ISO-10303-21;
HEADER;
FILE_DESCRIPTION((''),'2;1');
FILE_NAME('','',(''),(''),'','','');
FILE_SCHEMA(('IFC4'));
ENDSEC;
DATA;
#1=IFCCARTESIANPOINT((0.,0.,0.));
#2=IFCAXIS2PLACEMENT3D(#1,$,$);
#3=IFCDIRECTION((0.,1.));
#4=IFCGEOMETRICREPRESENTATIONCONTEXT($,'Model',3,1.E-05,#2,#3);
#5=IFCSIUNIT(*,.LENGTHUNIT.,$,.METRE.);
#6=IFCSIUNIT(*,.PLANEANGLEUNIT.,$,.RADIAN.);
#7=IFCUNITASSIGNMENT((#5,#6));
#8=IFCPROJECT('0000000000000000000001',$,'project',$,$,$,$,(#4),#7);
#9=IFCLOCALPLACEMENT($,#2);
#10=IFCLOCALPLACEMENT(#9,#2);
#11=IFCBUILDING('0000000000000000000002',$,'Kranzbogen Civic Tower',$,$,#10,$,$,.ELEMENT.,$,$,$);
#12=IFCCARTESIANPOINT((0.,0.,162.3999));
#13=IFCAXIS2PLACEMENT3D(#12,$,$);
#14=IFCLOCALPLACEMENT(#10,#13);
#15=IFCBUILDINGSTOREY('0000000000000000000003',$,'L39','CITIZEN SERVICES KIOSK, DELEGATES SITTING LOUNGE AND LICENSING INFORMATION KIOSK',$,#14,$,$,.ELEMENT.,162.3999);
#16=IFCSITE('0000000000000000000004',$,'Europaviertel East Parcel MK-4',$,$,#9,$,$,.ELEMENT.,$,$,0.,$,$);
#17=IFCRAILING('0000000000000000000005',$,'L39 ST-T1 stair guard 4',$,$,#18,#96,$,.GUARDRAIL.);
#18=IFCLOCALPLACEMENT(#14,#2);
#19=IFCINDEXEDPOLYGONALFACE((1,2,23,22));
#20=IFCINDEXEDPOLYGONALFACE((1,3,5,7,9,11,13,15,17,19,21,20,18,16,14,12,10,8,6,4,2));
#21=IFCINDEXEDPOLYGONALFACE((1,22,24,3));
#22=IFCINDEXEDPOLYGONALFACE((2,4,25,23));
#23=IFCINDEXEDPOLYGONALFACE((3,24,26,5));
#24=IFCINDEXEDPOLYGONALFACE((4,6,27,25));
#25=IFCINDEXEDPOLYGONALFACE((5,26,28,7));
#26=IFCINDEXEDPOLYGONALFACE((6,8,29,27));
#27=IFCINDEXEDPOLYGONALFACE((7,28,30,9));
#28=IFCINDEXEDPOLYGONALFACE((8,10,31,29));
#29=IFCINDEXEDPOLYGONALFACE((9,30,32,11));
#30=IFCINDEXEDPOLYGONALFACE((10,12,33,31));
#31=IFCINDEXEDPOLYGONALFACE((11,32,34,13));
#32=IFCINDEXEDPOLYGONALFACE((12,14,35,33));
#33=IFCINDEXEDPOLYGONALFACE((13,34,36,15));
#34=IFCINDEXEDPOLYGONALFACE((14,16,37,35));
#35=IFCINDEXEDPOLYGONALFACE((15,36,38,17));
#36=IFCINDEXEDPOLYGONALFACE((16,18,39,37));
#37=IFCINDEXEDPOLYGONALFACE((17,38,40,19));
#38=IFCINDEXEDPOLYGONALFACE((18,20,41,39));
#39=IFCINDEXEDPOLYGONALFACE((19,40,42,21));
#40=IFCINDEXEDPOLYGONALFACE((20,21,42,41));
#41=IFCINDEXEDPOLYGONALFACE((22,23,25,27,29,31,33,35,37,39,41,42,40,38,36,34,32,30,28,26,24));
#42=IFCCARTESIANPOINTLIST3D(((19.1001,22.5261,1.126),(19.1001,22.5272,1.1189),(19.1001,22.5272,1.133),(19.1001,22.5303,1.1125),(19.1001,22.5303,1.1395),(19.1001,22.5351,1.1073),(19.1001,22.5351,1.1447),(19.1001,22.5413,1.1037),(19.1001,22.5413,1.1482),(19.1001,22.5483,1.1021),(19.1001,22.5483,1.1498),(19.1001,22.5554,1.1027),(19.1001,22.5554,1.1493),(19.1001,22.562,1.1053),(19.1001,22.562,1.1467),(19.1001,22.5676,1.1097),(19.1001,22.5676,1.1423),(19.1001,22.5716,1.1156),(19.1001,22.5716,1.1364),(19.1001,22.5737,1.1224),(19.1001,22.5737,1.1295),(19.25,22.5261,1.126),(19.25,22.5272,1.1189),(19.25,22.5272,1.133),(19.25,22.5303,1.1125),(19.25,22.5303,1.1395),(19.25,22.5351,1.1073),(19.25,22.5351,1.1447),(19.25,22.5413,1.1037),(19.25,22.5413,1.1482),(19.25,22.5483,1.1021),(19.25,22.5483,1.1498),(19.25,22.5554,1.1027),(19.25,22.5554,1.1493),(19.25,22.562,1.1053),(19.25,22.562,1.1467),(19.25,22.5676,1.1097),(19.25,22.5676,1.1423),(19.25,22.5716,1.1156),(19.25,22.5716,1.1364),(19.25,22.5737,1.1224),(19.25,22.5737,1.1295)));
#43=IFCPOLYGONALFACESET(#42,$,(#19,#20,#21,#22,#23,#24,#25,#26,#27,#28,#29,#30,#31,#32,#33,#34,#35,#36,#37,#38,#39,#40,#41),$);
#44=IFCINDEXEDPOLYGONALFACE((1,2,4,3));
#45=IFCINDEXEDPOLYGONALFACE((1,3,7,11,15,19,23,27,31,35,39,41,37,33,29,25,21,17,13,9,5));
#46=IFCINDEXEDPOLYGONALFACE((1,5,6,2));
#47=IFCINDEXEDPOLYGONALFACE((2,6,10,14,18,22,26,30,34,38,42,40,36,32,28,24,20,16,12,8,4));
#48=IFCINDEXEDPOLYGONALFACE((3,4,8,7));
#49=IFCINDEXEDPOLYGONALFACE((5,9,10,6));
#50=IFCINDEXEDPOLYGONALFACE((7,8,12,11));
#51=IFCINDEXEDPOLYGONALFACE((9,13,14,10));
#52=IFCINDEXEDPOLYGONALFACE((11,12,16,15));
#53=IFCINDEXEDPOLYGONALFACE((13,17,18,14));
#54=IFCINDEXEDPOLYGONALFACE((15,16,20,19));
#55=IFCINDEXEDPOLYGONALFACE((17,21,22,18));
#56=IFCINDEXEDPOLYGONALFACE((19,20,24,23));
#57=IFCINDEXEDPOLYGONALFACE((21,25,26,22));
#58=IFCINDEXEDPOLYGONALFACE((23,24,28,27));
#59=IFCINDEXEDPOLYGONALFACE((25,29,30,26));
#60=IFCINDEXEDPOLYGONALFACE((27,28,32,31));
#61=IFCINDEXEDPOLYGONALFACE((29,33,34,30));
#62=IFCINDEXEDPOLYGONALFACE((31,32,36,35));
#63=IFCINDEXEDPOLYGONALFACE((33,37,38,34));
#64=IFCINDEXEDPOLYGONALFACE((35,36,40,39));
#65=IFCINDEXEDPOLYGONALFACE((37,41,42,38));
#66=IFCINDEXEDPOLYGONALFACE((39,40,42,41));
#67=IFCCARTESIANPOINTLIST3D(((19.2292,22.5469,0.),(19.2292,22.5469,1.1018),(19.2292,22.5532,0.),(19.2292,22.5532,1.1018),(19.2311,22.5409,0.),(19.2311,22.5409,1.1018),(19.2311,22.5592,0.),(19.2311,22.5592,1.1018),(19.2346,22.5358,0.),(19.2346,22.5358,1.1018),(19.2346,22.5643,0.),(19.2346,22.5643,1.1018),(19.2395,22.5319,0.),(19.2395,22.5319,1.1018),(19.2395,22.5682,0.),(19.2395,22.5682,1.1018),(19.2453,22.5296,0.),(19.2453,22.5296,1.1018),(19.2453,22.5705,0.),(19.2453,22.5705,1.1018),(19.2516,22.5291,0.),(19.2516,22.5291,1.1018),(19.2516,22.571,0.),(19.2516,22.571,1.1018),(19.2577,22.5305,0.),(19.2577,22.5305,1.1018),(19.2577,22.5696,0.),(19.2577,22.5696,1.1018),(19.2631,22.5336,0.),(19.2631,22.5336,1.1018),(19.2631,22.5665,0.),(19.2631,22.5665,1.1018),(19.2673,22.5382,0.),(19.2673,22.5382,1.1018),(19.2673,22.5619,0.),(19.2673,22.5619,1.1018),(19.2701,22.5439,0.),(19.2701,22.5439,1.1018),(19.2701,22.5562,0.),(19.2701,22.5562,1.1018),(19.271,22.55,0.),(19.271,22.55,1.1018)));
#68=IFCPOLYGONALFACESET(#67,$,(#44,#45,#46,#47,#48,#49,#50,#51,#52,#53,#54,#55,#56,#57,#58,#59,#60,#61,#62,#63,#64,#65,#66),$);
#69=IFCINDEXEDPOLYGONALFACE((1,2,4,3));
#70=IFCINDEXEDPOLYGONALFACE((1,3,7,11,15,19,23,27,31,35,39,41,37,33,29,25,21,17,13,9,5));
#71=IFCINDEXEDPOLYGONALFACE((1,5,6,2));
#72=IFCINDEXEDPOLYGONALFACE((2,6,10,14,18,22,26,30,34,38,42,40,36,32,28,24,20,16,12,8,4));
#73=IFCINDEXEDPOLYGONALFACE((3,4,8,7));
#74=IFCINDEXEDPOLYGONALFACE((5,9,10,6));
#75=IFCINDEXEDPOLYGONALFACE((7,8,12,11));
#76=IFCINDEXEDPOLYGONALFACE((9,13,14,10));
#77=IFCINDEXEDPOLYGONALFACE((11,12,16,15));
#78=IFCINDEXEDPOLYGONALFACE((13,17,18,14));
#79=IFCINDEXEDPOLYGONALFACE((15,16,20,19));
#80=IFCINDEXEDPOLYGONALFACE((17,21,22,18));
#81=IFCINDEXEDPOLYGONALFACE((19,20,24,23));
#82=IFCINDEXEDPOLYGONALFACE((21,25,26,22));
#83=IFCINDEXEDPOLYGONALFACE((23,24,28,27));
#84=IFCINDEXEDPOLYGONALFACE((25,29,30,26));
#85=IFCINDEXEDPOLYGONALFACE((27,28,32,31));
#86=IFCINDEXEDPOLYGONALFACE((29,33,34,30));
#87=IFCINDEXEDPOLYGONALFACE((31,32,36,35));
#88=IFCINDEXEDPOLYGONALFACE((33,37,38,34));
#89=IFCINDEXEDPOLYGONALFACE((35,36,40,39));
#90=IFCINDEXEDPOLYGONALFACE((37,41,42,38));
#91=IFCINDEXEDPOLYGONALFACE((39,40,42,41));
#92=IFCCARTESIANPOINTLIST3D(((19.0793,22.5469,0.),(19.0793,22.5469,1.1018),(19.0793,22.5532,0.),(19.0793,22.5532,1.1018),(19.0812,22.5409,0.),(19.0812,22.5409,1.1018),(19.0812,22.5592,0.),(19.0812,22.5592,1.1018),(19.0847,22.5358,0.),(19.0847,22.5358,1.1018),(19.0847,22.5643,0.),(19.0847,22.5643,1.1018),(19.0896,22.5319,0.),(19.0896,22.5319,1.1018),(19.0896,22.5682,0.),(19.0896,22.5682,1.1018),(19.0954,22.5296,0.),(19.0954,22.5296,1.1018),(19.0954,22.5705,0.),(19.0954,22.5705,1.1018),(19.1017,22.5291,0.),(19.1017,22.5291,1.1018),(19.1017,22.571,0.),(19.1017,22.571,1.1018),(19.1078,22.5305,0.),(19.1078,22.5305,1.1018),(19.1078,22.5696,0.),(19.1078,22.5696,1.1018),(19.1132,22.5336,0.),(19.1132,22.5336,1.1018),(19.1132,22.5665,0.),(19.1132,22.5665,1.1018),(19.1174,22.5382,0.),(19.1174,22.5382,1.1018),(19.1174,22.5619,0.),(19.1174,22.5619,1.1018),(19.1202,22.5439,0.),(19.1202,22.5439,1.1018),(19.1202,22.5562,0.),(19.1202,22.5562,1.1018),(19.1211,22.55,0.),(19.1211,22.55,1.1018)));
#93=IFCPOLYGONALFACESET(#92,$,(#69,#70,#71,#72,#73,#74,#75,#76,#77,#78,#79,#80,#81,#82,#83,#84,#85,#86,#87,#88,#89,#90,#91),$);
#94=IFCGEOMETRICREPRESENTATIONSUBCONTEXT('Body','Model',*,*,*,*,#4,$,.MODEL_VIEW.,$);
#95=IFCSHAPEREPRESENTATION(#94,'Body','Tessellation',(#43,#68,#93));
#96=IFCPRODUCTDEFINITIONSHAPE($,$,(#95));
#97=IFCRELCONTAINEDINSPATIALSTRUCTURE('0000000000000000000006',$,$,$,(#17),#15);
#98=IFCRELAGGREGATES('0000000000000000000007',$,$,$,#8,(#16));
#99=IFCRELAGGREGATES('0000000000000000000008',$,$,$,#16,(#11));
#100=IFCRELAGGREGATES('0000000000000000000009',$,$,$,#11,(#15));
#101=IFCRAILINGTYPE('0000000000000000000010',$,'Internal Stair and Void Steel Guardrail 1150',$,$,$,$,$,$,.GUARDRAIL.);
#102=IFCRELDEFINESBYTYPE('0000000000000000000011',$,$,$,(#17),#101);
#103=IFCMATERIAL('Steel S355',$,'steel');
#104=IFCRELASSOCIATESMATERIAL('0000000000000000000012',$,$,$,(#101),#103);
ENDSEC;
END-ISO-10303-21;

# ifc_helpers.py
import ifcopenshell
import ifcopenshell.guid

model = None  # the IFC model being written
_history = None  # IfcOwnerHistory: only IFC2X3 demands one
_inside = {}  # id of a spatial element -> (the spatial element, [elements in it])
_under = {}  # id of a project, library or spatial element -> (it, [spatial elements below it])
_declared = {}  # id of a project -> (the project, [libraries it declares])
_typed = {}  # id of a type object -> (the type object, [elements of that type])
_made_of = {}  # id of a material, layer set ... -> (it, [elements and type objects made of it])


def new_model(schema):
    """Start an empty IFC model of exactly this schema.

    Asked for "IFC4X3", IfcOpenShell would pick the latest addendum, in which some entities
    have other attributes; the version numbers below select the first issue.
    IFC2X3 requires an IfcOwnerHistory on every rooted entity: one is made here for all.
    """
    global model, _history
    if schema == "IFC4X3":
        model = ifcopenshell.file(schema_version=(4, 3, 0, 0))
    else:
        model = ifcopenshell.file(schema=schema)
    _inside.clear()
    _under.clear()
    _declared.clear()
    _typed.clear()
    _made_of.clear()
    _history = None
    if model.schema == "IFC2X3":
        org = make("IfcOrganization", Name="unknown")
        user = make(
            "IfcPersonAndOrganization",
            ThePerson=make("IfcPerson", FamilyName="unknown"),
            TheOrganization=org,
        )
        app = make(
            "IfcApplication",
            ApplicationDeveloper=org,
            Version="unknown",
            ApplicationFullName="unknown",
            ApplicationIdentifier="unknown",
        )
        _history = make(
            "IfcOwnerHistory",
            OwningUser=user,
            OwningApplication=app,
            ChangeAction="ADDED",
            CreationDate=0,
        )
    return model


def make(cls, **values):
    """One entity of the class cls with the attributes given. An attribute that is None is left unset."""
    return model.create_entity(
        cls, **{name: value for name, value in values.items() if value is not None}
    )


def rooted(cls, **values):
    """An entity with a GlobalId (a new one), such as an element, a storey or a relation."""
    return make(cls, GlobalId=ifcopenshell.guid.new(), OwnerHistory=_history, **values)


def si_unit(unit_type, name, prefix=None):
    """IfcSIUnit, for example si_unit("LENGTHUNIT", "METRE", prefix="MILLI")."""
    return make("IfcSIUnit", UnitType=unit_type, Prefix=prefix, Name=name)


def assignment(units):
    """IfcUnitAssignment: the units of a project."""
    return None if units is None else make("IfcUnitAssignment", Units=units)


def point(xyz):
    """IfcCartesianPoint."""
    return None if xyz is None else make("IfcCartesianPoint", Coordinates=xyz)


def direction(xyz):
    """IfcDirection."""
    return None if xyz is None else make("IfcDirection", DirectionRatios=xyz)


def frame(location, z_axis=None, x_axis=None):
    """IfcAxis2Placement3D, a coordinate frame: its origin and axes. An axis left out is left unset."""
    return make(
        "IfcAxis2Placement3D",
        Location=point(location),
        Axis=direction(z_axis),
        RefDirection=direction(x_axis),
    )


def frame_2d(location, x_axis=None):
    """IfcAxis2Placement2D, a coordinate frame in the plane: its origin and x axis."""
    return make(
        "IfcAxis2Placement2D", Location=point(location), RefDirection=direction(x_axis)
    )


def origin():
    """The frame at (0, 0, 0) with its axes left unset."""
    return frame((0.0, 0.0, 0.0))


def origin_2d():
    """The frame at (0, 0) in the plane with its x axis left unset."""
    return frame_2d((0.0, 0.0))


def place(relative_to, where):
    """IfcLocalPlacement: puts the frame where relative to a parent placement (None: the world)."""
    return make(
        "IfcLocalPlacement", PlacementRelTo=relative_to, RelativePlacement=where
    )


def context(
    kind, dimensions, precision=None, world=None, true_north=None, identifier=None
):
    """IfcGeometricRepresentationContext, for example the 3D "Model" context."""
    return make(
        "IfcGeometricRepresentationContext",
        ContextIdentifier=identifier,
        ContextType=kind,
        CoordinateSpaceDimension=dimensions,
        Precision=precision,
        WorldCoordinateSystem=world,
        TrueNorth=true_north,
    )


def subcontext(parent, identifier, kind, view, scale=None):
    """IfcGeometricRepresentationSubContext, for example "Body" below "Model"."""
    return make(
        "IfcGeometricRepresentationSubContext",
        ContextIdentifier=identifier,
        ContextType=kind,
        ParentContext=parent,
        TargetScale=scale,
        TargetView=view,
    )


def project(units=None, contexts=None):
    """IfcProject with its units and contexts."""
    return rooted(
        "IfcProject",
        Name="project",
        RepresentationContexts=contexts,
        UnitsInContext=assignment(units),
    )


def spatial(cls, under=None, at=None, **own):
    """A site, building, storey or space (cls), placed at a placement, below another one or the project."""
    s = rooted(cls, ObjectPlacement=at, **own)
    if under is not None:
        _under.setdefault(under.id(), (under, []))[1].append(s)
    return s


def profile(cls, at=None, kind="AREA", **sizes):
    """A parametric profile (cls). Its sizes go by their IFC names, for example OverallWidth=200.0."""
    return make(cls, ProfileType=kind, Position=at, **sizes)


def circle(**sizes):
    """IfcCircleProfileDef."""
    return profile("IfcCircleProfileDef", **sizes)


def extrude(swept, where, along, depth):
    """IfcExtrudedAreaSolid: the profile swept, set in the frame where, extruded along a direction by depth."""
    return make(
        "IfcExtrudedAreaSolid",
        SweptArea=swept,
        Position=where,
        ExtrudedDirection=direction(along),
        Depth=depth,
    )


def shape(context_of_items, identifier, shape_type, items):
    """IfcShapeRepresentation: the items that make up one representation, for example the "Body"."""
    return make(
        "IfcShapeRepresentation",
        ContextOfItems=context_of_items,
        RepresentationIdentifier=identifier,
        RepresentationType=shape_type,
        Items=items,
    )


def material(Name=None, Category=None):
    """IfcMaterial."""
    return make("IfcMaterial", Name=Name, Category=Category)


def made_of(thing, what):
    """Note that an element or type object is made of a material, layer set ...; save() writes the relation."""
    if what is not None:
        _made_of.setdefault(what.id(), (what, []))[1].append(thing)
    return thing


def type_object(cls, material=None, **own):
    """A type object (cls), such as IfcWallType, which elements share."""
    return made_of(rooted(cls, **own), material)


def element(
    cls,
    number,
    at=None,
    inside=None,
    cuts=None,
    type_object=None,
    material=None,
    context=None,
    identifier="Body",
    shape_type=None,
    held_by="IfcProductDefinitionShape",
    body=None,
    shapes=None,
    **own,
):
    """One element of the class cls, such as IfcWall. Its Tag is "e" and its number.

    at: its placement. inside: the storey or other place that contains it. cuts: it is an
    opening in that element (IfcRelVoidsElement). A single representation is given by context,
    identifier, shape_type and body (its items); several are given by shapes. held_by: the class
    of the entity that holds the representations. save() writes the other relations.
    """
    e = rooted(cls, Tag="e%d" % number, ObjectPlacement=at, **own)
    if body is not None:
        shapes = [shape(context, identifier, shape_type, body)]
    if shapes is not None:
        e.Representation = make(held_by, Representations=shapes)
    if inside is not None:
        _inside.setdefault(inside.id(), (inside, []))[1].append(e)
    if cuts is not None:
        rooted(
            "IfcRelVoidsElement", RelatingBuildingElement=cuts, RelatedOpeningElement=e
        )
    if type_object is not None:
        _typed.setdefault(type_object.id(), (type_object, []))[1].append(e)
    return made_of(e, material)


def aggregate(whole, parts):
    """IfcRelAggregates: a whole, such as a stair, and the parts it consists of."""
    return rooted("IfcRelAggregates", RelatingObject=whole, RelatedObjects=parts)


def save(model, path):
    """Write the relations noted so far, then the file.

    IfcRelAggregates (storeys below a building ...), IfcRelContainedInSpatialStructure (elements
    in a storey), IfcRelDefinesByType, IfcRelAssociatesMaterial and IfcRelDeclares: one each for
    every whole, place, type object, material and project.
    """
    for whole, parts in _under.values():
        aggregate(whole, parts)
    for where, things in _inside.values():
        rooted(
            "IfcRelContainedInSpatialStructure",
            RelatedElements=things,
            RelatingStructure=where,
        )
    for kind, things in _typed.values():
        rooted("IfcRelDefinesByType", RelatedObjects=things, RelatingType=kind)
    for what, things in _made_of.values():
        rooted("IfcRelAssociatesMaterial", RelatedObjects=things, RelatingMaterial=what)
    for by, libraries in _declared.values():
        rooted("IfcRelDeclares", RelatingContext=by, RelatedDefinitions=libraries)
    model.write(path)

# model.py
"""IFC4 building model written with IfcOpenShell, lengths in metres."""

from ifc_helpers import new_model, si_unit, direction, frame, origin, origin_2d, place, context, subcontext, project, spatial, circle, extrude, material, type_object, element, save


model = new_model("IFC4")

# Units and contexts
model_context = context("Model", 3, precision=1e-05, world=origin(), true_north=direction((0.0, 1.0)))
body_context = subcontext(model_context, "Body", "Model", "MODEL_VIEW")
ifc_project = project(units=[si_unit("LENGTHUNIT", "METRE"), si_unit("PLANEANGLEUNIT", "RADIAN")], contexts=[model_context])

# Site, building, storey
site_placement = place(None, origin())
site = spatial("IfcSite", under=ifc_project, at=site_placement, Name="Europaviertel East Parcel MK-4", CompositionType="ELEMENT", RefElevation=0.0)
building_placement = place(site_placement, origin())
building = spatial("IfcBuilding", under=site, at=building_placement, Name="Kranzbogen Civic Tower", CompositionType="ELEMENT")
storey_placement = place(building_placement, frame((0.0, 0.0, 162.3999)))
storey = spatial("IfcBuildingStorey", under=building, at=storey_placement, Name="L39", Description="CITIZEN SERVICES KIOSK, DELEGATES SITTING LOUNGE AND LICENSING INFORMATION KIOSK", CompositionType="ELEMENT", Elevation=162.3999)

# Shared definitions
ifc_material_1 = material(Name="Steel S355", Category="steel")

# Railing
railing_type = type_object("IfcRailingType", Name="Internal Stair and Void Steel Guardrail 1150", PredefinedType="GUARDRAIL", material=ifc_material_1)
railing_1_placement = place(storey_placement, frame((19.25, 22.55, 0.0)))
element("IfcRailing", 1, at=railing_1_placement, inside=storey, type_object=railing_type, Name="L39 ST-T1 stair guard 4", PredefinedType="GUARDRAIL", context=body_context, shape_type="SweptSolid", body=[
    extrude(circle(Radius=0.0239, at=origin_2d()), frame((0.0, 0.0, 1.126), z_axis=(-1.0, 0.0, 0.0), x_axis=(0.0, -1.0, 0.0)), (0.0, 0.0, 1.0), 0.1499),
    extrude(circle(Radius=0.021, at=origin_2d()), origin(), (0.0, 0.0, 1.0), 1.1018),
    extrude(circle(Radius=0.021, at=origin_2d()), frame((-0.1499, 0.0, 0.0)), (0.0, 0.0, 1.0), 1.1018),
])

save(model, "model.ifc")
